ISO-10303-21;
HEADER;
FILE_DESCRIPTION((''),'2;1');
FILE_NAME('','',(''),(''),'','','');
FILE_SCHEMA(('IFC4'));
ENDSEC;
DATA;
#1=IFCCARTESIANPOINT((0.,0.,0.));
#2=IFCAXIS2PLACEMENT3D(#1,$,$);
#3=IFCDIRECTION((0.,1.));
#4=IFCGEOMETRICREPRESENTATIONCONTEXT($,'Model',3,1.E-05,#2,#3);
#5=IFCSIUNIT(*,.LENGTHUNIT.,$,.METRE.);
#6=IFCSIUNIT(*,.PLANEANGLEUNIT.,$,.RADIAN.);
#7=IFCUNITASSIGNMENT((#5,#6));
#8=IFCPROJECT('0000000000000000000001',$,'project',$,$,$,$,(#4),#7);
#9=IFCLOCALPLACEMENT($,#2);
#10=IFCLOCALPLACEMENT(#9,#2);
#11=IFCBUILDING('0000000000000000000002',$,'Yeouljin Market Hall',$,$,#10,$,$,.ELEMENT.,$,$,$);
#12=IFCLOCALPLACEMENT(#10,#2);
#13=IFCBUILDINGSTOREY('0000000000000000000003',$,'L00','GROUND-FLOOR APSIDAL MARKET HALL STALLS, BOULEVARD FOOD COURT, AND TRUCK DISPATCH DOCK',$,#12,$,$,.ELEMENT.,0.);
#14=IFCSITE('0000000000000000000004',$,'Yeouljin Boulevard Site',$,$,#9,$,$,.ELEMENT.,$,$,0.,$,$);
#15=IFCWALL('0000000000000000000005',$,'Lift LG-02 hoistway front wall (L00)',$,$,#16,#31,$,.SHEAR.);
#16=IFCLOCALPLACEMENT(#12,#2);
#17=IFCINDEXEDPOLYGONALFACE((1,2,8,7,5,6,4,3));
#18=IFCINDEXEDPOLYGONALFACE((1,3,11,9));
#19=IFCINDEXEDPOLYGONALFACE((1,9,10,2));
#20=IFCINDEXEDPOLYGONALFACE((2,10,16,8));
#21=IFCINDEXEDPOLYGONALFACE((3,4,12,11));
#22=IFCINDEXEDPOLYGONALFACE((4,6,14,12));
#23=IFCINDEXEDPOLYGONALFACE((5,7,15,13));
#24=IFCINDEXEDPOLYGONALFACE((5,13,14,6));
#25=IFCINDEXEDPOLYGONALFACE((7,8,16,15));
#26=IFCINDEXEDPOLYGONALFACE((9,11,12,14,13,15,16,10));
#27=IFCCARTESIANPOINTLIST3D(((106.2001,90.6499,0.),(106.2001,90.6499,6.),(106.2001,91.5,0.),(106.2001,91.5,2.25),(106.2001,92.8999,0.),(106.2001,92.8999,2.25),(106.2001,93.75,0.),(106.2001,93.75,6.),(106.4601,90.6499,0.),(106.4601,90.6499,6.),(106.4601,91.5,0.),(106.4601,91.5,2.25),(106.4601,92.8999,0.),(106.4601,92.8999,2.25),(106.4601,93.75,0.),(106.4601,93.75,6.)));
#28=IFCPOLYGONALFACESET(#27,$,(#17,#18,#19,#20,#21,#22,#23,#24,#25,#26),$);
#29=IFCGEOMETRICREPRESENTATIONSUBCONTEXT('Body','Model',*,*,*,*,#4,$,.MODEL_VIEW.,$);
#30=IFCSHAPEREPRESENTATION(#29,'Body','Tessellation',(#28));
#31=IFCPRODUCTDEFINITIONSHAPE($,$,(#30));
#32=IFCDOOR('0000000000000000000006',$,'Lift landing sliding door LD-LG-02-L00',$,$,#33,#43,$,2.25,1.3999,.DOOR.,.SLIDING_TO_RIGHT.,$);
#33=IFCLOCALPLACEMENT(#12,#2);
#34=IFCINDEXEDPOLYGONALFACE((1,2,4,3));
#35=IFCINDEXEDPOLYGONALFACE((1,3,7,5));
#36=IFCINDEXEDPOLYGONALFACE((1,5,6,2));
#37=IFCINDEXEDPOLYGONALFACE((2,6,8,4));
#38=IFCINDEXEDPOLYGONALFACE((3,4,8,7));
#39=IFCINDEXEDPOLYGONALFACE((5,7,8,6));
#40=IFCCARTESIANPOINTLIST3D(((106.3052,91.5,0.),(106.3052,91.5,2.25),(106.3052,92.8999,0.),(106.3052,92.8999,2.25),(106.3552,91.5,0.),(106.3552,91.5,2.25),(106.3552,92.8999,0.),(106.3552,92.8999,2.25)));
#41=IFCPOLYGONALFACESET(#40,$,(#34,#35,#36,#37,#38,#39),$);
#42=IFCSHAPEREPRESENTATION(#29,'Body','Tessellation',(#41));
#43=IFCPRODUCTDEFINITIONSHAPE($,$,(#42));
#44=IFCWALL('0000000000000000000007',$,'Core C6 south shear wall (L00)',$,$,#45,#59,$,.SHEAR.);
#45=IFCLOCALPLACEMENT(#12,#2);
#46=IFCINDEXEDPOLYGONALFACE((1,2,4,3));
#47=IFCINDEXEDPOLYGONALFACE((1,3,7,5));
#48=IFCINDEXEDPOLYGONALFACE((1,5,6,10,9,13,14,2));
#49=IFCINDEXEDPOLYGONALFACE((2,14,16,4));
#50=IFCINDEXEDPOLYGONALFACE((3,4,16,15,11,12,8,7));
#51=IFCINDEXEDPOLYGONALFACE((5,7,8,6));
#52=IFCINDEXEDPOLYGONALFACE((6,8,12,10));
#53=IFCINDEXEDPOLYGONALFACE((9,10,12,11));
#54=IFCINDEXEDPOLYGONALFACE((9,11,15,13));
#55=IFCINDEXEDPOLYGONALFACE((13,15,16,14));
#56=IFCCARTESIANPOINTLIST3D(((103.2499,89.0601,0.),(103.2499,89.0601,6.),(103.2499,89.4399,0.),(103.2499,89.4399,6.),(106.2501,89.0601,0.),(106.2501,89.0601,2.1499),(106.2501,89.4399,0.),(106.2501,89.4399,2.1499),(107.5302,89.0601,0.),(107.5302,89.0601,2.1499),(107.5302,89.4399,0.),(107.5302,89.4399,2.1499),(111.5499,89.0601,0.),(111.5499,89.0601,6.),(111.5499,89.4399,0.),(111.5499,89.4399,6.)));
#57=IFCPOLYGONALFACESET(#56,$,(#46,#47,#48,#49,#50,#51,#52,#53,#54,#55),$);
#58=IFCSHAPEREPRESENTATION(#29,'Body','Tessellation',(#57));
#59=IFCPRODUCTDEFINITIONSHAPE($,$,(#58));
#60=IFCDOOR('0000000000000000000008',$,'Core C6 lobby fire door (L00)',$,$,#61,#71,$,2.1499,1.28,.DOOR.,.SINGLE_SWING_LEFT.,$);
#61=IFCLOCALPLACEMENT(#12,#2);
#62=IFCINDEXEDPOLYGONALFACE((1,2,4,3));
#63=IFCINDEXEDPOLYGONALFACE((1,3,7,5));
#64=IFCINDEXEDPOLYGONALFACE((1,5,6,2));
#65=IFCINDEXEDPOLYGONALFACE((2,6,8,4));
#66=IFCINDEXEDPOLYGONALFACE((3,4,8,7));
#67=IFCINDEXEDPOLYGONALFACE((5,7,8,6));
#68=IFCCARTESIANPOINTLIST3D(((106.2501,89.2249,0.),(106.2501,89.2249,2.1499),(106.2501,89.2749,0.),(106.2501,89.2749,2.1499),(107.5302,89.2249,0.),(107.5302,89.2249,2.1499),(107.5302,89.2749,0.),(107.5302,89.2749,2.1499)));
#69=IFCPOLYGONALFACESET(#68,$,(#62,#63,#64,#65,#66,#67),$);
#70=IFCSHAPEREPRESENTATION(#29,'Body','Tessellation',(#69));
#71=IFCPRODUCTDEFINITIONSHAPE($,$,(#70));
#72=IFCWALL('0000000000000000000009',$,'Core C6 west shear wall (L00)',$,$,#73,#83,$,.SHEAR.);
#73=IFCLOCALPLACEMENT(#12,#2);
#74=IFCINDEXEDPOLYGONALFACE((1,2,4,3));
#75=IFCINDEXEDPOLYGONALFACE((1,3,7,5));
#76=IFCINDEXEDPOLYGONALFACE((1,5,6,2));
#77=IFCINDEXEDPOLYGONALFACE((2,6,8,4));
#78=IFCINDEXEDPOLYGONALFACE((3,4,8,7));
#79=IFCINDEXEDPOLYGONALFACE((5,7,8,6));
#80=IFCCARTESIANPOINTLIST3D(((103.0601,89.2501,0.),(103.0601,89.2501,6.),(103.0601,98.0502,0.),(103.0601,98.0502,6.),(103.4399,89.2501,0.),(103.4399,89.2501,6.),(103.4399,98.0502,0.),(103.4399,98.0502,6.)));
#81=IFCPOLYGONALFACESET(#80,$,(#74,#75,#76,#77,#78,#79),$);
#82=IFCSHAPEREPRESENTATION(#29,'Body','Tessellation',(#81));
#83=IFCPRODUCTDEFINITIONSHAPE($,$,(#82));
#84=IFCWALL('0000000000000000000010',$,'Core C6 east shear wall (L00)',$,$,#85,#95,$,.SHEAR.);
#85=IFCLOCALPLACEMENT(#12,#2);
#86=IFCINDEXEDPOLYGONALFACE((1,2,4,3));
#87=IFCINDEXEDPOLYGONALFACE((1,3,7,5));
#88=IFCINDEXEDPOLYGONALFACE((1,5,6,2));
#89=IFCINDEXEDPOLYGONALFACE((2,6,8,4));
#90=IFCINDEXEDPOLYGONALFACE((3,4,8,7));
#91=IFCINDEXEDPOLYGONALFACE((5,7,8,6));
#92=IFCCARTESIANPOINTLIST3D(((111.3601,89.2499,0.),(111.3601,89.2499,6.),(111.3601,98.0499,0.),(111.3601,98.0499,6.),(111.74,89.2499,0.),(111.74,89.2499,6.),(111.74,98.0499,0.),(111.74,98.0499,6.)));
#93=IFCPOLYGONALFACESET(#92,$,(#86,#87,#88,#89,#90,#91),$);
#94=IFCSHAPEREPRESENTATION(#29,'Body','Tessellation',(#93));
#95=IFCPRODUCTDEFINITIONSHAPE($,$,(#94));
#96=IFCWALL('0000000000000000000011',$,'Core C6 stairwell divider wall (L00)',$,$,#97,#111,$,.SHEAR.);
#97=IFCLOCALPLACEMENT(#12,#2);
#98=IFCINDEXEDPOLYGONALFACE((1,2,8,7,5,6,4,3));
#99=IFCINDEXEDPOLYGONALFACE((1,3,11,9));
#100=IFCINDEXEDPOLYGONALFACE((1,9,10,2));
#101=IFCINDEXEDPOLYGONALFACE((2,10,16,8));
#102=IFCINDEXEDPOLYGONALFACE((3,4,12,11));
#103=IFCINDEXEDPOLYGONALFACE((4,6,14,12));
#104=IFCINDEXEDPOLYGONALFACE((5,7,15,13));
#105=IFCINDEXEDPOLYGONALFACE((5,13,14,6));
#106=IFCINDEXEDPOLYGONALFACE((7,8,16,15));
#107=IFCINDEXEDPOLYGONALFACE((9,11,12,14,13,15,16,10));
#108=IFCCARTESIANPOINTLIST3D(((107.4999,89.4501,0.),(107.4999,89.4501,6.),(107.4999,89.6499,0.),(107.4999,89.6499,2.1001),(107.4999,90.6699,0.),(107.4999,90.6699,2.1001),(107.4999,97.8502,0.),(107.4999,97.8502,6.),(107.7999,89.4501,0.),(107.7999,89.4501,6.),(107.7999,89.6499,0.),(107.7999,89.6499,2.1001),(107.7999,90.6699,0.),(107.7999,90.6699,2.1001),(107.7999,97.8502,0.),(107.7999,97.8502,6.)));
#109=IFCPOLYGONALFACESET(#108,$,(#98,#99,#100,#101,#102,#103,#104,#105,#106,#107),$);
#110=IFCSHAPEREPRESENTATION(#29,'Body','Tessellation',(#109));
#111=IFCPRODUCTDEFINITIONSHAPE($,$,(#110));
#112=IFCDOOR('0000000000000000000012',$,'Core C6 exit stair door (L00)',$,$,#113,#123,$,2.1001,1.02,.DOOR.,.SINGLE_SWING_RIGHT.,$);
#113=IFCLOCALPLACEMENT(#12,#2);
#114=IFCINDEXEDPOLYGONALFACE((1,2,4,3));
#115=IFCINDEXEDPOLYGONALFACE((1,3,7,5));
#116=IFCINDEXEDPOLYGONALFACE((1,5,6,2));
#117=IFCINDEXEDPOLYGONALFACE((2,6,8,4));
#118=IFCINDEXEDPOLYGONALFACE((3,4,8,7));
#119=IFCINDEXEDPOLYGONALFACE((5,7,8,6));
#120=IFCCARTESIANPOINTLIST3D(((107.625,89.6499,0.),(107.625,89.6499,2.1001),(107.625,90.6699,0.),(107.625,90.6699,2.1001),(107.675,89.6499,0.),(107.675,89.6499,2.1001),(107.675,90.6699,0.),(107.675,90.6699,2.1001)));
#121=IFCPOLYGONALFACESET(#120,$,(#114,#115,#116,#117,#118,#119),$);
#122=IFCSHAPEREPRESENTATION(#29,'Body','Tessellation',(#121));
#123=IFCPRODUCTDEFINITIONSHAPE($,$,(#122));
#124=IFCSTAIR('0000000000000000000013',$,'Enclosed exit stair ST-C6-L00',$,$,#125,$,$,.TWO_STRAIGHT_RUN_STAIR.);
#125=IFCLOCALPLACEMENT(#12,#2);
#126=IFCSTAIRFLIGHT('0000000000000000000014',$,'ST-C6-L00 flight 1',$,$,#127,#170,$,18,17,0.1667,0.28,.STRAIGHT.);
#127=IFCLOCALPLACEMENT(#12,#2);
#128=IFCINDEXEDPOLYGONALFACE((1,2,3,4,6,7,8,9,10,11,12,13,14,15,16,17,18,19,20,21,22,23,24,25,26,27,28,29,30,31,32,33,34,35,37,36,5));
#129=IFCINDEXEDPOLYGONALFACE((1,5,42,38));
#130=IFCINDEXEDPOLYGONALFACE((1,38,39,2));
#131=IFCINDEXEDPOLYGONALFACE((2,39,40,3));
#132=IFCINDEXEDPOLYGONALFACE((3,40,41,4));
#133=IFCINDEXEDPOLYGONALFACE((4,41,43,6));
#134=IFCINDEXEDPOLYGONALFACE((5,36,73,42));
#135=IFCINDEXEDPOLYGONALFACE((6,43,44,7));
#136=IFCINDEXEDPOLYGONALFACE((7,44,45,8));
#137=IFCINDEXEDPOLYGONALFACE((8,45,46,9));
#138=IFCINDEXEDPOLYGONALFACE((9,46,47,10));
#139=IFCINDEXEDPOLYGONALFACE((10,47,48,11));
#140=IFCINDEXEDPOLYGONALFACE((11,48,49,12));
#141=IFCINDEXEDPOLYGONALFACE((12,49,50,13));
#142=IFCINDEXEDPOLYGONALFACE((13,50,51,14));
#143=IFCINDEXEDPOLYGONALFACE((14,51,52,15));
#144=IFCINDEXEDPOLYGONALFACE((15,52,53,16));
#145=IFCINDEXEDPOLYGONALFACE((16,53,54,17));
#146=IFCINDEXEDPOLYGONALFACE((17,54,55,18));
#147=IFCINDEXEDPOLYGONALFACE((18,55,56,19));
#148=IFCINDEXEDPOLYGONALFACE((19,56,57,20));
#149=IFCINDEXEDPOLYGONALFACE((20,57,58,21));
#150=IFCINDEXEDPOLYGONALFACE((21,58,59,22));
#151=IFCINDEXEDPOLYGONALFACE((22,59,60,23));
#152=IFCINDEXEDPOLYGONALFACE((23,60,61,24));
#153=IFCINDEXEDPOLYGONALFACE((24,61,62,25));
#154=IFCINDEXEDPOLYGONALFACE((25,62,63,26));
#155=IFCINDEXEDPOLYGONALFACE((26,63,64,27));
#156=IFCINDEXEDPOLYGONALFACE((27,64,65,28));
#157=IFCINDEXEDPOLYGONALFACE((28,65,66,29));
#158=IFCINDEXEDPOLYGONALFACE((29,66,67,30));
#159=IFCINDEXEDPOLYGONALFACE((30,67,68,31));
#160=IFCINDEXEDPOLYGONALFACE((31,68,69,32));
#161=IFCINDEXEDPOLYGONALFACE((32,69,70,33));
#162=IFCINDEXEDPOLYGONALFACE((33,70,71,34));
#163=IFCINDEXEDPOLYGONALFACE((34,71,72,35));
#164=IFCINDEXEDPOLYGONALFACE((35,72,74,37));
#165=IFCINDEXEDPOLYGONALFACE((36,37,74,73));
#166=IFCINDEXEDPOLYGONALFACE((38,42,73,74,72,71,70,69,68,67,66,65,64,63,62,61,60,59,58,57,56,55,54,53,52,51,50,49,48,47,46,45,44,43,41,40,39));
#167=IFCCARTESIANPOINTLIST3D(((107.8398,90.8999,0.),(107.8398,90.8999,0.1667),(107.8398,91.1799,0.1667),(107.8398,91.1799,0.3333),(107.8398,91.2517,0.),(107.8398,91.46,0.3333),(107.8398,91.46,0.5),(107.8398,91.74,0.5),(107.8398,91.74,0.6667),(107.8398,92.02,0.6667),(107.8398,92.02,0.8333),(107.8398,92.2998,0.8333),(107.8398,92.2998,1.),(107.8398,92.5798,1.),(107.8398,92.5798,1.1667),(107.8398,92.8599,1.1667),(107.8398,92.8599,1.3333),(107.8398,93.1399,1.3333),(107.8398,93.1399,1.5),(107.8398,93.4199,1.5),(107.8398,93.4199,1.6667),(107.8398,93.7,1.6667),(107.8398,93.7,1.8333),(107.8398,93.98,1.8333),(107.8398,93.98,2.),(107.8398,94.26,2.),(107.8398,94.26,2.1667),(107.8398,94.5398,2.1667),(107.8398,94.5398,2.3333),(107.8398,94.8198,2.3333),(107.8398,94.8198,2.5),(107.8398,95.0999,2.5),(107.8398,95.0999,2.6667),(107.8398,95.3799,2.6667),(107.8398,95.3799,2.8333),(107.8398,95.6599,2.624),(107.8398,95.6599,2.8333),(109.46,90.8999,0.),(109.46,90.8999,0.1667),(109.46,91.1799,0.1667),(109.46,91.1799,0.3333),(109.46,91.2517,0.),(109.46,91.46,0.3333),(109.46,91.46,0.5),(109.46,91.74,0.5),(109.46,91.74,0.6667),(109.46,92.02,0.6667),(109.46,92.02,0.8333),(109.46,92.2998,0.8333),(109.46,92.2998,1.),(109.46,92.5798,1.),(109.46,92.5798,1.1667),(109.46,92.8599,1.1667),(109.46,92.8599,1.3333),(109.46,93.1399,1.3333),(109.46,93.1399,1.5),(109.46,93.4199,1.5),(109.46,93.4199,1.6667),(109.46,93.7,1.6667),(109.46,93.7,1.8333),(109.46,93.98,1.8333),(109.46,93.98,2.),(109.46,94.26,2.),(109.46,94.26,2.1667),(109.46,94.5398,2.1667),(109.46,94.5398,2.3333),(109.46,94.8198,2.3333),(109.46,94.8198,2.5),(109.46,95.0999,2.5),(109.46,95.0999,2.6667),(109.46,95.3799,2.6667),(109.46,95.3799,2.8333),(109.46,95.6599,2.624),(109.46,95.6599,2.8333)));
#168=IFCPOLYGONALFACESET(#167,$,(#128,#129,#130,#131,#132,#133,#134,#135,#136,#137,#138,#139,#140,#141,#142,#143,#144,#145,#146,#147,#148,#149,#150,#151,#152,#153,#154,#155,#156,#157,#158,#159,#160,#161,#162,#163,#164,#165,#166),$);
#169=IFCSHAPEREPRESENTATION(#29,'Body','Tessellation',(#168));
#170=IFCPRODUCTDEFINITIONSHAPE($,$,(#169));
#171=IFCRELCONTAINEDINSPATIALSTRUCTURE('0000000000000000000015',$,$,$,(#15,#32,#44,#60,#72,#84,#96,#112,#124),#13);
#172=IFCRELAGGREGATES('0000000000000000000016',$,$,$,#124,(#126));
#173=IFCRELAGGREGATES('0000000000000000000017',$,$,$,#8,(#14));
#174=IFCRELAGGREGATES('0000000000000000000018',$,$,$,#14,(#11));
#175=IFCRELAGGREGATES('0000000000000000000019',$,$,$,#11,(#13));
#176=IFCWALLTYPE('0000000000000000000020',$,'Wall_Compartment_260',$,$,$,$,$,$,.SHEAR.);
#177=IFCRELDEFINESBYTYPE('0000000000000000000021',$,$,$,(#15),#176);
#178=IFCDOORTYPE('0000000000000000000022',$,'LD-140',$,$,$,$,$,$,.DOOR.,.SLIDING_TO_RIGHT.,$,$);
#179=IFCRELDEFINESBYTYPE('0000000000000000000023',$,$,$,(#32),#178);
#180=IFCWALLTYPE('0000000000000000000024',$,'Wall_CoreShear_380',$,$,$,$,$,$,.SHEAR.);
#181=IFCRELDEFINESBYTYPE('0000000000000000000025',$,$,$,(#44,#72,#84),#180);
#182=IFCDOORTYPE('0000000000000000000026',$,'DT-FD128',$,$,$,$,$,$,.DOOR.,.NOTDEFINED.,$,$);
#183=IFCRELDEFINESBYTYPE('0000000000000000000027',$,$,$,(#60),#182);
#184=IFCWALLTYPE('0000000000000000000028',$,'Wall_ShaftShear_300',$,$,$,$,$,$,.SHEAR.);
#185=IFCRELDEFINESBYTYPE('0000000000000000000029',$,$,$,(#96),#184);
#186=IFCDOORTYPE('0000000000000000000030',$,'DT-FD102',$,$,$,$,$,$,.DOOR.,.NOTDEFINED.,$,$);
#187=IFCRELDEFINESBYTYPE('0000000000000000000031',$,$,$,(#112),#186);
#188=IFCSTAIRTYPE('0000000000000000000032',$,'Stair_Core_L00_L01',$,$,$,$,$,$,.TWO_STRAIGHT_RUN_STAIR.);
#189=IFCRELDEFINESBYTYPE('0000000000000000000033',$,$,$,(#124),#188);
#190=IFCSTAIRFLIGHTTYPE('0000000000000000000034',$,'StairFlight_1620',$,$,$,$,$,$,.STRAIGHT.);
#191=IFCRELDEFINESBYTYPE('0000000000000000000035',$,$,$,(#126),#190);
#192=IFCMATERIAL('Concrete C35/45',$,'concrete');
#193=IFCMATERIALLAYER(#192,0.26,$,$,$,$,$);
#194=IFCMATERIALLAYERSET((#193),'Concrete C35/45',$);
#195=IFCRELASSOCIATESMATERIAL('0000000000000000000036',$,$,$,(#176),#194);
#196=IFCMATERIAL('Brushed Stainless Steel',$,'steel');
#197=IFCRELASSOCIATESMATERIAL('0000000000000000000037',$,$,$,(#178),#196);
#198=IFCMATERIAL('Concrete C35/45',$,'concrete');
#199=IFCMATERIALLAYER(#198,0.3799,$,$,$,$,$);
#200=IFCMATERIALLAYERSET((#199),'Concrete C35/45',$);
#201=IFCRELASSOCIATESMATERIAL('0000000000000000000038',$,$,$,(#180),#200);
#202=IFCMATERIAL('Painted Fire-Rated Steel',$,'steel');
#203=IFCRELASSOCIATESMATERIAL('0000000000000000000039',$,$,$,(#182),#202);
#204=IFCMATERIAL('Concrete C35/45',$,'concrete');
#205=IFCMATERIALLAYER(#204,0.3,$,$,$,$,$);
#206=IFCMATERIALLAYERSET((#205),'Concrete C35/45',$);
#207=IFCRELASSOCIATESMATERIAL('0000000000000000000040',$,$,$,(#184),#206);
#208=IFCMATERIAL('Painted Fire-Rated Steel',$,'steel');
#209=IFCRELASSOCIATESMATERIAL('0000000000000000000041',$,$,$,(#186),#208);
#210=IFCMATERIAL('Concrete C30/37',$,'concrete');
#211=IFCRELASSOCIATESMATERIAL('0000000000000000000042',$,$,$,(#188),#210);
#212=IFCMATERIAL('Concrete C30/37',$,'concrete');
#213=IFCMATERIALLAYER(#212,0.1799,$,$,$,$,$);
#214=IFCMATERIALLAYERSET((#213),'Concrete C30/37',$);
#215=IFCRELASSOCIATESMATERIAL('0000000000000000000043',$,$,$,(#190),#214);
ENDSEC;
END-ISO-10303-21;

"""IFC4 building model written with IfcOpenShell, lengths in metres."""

from ifc_helpers import new_model, si_unit, direction, frame, frame_2d, origin, place, context, subcontext, project, spatial, polyline, rectangle, outline, extrude, material, layer, layer_set, type_object, element, fill, aggregate, save


model = new_model("IFC4")

# Units and contexts
model_context = context("Model", 3, precision=1e-05, world=origin(), true_north=direction((0.0, 1.0)))
body_context = subcontext(model_context, "Body", "Model", "MODEL_VIEW")
ifc_project = project(units=[si_unit("LENGTHUNIT", "METRE"), si_unit("PLANEANGLEUNIT", "RADIAN")], contexts=[model_context])

# Site, building, storey
site_placement = place(None, origin())
site = spatial("IfcSite", under=ifc_project, at=site_placement, Name="Yeouljin Boulevard Site", CompositionType="ELEMENT", RefElevation=0.0)
building_placement = place(site_placement, origin())
building = spatial("IfcBuilding", under=site, at=building_placement, Name="Yeouljin Market Hall", CompositionType="ELEMENT")
storey_placement = place(building_placement, origin())
storey = spatial("IfcBuildingStorey", under=building, at=storey_placement, Name="L00", Description="GROUND-FLOOR APSIDAL MARKET HALL STALLS, BOULEVARD FOOD COURT, AND TRUCK DISPATCH DOCK", CompositionType="ELEMENT", Elevation=0.0)

# Wall, opening, door
ifc_material_1 = material(Name="Concrete C35/45", Category="concrete")
ifc_layer_1 = layer(ifc_material_1, 0.26)
ifc_layer_set_1 = layer_set([ifc_layer_1], Name="Concrete C35/45")
wall_type_1 = type_object("IfcWallType", Name="Wall_Compartment_260", PredefinedType="SHEAR", material=ifc_layer_set_1)
wall_1_placement = place(storey_placement, frame((106.3301, 90.6499, 0.0), z_axis=(0.0, 0.0, 1.0), x_axis=(0.0, 1.0, 0.0)))
wall_1 = element("IfcWall", 1, at=wall_1_placement, inside=storey, type_object=wall_type_1, Name="Lift LG-02 hoistway front wall (L00)", PredefinedType="SHEAR", context=body_context, shape_type="SweptSolid", body=[
    extrude(rectangle(XDim=3.1001, YDim=0.26, at=frame_2d((1.55, 0.0))), origin(), (0.0, 0.0, 1.0), 6.0),
])
opening_1_placement = place(wall_1_placement, frame((0.8501, 0.0, 0.0)))
opening_1 = element("IfcOpeningElement", 2, at=opening_1_placement, cuts=wall_1, PredefinedType="OPENING", context=body_context, shape_type="SweptSolid", body=[
    extrude(rectangle(XDim=1.3999, YDim=2.25, at=frame_2d((0.7, 1.125))), frame((0.0, 0.1399, 0.0), z_axis=(0.0, -1.0, 0.0), x_axis=(1.0, 0.0, 0.0)), (0.0, 0.0, 1.0), 0.28),
])
ifc_material_2 = material(Name="Brushed Stainless Steel", Category="steel")
door_type_1 = type_object("IfcDoorType", Name="LD-140", OperationType="SLIDING_TO_RIGHT", PredefinedType="DOOR", material=ifc_material_2)
door_1_placement = place(opening_1_placement, origin())
door_1 = element("IfcDoor", 3, at=door_1_placement, inside=storey, type_object=door_type_1, Name="Lift landing sliding door LD-LG-02-L00", OperationType="SLIDING_TO_RIGHT", OverallHeight=2.25, OverallWidth=1.3999, PredefinedType="DOOR", context=body_context, shape_type="SweptSolid", body=[
    extrude(rectangle(XDim=1.3999, YDim=2.25, at=frame_2d((0.7, 1.125))), frame((0.0, 0.0249, 0.0), z_axis=(0.0, -1.0, 0.0), x_axis=(1.0, 0.0, 0.0)), (0.0, 0.0, 1.0), 0.05),
])
fill(opening_1, door_1)

# Wall, opening, door
ifc_material_3 = material(Name="Concrete C35/45", Category="concrete")
ifc_layer_2 = layer(ifc_material_3, 0.3799)
ifc_layer_set_2 = layer_set([ifc_layer_2], Name="Concrete C35/45")
wall_type_2 = type_object("IfcWallType", Name="Wall_CoreShear_380", PredefinedType="SHEAR", material=ifc_layer_set_2)
wall_2_placement = place(storey_placement, frame((103.25, 89.25, 0.0), z_axis=(0.0, 0.0, 1.0), x_axis=(1.0, 0.0, 0.0)))
wall_2 = element("IfcWall", 4, at=wall_2_placement, inside=storey, type_object=wall_type_2, Name="Core C6 south shear wall (L00)", PredefinedType="SHEAR", context=body_context, shape_type="SweptSolid", body=[
    extrude(rectangle(XDim=8.3, YDim=0.3799, at=frame_2d((4.1499, 0.0))), origin(), (0.0, 0.0, 1.0), 6.0),
])
opening_2_placement = place(wall_2_placement, frame((3.0, 0.0, 0.0)))
opening_2 = element("IfcOpeningElement", 5, at=opening_2_placement, cuts=wall_2, PredefinedType="OPENING", context=body_context, shape_type="SweptSolid", body=[
    extrude(rectangle(XDim=1.28, YDim=2.1499, at=frame_2d((0.6401, 1.075))), frame((0.0, 0.2, 0.0), z_axis=(0.0, -1.0, 0.0), x_axis=(1.0, 0.0, 0.0)), (0.0, 0.0, 1.0), 0.3999),
])
ifc_material_4 = material(Name="Painted Fire-Rated Steel", Category="steel")
door_type_2 = type_object("IfcDoorType", Name="DT-FD128", OperationType="NOTDEFINED", PredefinedType="DOOR", material=ifc_material_4)
door_2_placement = place(opening_2_placement, origin())
door_2 = element("IfcDoor", 6, at=door_2_placement, inside=storey, type_object=door_type_2, Name="Core C6 lobby fire door (L00)", OperationType="SINGLE_SWING_LEFT", OverallHeight=2.1499, OverallWidth=1.28, PredefinedType="DOOR", context=body_context, shape_type="SweptSolid", body=[
    extrude(rectangle(XDim=1.28, YDim=2.1499, at=frame_2d((0.6401, 1.075))), frame((0.0, 0.0249, 0.0), z_axis=(0.0, -1.0, 0.0), x_axis=(1.0, 0.0, 0.0)), (0.0, 0.0, 1.0), 0.05),
])
fill(opening_2, door_2)

# Walls
for number, where, z_axis, x_axis, name in (
    (7, (103.25, 98.05, 0.0), (0.0, 0.0, 1.0), (0.0, -1.0, 0.0), "Core C6 west shear wall (L00)"),
    (8, (111.55, 89.25, 0.0), (0.0, 0.0, 1.0), (0.0, 1.0, 0.0), "Core C6 east shear wall (L00)"),
):
    element("IfcWall", number, at=place(storey_placement, frame(where, z_axis=z_axis, x_axis=x_axis)), inside=storey, type_object=wall_type_2, Name=name, PredefinedType="SHEAR", context=body_context, shape_type="SweptSolid", body=[
        extrude(rectangle(XDim=8.8, YDim=0.3799, at=frame_2d((4.3999, 0.0))), origin(), (0.0, 0.0, 1.0), 6.0),
    ])

# Wall, opening, door
ifc_material_5 = material(Name="Concrete C35/45", Category="concrete")
ifc_layer_3 = layer(ifc_material_5, 0.3)
ifc_layer_set_3 = layer_set([ifc_layer_3], Name="Concrete C35/45")
wall_type_3 = type_object("IfcWallType", Name="Wall_ShaftShear_300", PredefinedType="SHEAR", material=ifc_layer_set_3)
wall_3_placement = place(storey_placement, frame((107.6499, 89.45, 0.0), z_axis=(0.0, 0.0, 1.0), x_axis=(0.0, 1.0, 0.0)))
wall_3 = element("IfcWall", 9, at=wall_3_placement, inside=storey, type_object=wall_type_3, Name="Core C6 stairwell divider wall (L00)", PredefinedType="SHEAR", context=body_context, shape_type="SweptSolid", body=[
    extrude(rectangle(XDim=8.4001, YDim=0.3, at=frame_2d((4.2002, 0.0))), origin(), (0.0, 0.0, 1.0), 6.0),
])
opening_3_placement = place(wall_3_placement, frame((0.2, 0.0, 0.0)))
opening_3 = element("IfcOpeningElement", 10, at=opening_3_placement, cuts=wall_3, PredefinedType="OPENING", context=body_context, shape_type="SweptSolid", body=[
    extrude(rectangle(XDim=1.02, YDim=2.1001, at=frame_2d((0.51, 1.05))), frame((0.0, 0.1599, 0.0), z_axis=(0.0, -1.0, 0.0), x_axis=(1.0, 0.0, 0.0)), (0.0, 0.0, 1.0), 0.3201),
])
ifc_material_6 = material(Name="Painted Fire-Rated Steel", Category="steel")
door_type_3 = type_object("IfcDoorType", Name="DT-FD102", OperationType="NOTDEFINED", PredefinedType="DOOR", material=ifc_material_6)
door_3_placement = place(opening_3_placement, origin())
door_3 = element("IfcDoor", 11, at=door_3_placement, inside=storey, type_object=door_type_3, Name="Core C6 exit stair door (L00)", OperationType="SINGLE_SWING_RIGHT", OverallHeight=2.1001, OverallWidth=1.02, PredefinedType="DOOR", context=body_context, shape_type="SweptSolid", body=[
    extrude(rectangle(XDim=1.02, YDim=2.1001, at=frame_2d((0.51, 1.05))), frame((0.0, 0.0249, 0.0), z_axis=(0.0, -1.0, 0.0), x_axis=(1.0, 0.0, 0.0)), (0.0, 0.0, 1.0), 0.05),
])
fill(opening_3, door_3)

# Stair, stair flight
ifc_material_7 = material(Name="Concrete C30/37", Category="concrete")
stair_type = type_object("IfcStairType", Name="Stair_Core_L00_L01", PredefinedType="TWO_STRAIGHT_RUN_STAIR", material=ifc_material_7)
stair_placement = place(storey_placement, origin())
stair = element("IfcStair", 12, at=stair_placement, inside=storey, type_object=stair_type, Name="Enclosed exit stair ST-C6-L00", PredefinedType="TWO_STRAIGHT_RUN_STAIR")
ifc_material_8 = material(Name="Concrete C30/37", Category="concrete")
ifc_layer_4 = layer(ifc_material_8, 0.1799)
ifc_layer_set_4 = layer_set([ifc_layer_4], Name="Concrete C30/37")
stair_flight_type = type_object("IfcStairFlightType", Name="StairFlight_1620", PredefinedType="STRAIGHT", material=ifc_layer_set_4)
stair_flight_1_placement = place(storey_placement, frame((108.6499, 90.8999, 0.0), z_axis=(0.0, 0.0, 1.0), x_axis=(0.0, 1.0, 0.0)))
stair_flight_1 = element("IfcStairFlight", 13, at=stair_flight_1_placement, type_object=stair_flight_type, Name="ST-C6-L00 flight 1", NumberOfRisers=18, NumberOfTreads=17, PredefinedType="STRAIGHT", RiserHeight=0.1667, TreadLength=0.28, context=body_context, shape_type="SweptSolid", body=[
    extrude(outline(polyline([(0.0, 0.0), (0.0, 0.1667), (0.28, 0.1667), (0.28, 0.3333), (0.5601, 0.3333), (0.5601, 0.5), (0.8401, 0.5), (0.8401, 0.6667), (1.1201, 0.6667), (1.1201, 0.8333), (1.3999, 0.8333), (1.3999, 1.0), (1.6799, 1.0), (1.6799, 1.1667), (1.96, 1.1667), (1.96, 1.3333), (2.24, 1.3333), (2.24, 1.5), (2.52, 1.5), (2.52, 1.6667), (2.8, 1.6667), (2.8, 1.8333), (3.0801, 1.8333), (3.0801, 2.0), (3.3601, 2.0), (3.3601, 2.1667), (3.6399, 2.1667), (3.6399, 2.3333), (3.9199, 2.3333), (3.9199, 2.5), (4.2, 2.5), (4.2, 2.6667), (4.48, 2.6667), (4.48, 2.8333), (4.76, 2.8333), (4.76, 3.0), (4.76, 2.624), (0.3518, 0.0), (0.0, 0.0)])), frame((0.0, 0.8101, 0.0), z_axis=(0.0, -1.0, 0.0), x_axis=(1.0, 0.0, 0.0)), (0.0, 0.0, 1.0), 1.6201),
])
aggregate(stair, [stair_flight_1])

save(model, "model.ifc")
